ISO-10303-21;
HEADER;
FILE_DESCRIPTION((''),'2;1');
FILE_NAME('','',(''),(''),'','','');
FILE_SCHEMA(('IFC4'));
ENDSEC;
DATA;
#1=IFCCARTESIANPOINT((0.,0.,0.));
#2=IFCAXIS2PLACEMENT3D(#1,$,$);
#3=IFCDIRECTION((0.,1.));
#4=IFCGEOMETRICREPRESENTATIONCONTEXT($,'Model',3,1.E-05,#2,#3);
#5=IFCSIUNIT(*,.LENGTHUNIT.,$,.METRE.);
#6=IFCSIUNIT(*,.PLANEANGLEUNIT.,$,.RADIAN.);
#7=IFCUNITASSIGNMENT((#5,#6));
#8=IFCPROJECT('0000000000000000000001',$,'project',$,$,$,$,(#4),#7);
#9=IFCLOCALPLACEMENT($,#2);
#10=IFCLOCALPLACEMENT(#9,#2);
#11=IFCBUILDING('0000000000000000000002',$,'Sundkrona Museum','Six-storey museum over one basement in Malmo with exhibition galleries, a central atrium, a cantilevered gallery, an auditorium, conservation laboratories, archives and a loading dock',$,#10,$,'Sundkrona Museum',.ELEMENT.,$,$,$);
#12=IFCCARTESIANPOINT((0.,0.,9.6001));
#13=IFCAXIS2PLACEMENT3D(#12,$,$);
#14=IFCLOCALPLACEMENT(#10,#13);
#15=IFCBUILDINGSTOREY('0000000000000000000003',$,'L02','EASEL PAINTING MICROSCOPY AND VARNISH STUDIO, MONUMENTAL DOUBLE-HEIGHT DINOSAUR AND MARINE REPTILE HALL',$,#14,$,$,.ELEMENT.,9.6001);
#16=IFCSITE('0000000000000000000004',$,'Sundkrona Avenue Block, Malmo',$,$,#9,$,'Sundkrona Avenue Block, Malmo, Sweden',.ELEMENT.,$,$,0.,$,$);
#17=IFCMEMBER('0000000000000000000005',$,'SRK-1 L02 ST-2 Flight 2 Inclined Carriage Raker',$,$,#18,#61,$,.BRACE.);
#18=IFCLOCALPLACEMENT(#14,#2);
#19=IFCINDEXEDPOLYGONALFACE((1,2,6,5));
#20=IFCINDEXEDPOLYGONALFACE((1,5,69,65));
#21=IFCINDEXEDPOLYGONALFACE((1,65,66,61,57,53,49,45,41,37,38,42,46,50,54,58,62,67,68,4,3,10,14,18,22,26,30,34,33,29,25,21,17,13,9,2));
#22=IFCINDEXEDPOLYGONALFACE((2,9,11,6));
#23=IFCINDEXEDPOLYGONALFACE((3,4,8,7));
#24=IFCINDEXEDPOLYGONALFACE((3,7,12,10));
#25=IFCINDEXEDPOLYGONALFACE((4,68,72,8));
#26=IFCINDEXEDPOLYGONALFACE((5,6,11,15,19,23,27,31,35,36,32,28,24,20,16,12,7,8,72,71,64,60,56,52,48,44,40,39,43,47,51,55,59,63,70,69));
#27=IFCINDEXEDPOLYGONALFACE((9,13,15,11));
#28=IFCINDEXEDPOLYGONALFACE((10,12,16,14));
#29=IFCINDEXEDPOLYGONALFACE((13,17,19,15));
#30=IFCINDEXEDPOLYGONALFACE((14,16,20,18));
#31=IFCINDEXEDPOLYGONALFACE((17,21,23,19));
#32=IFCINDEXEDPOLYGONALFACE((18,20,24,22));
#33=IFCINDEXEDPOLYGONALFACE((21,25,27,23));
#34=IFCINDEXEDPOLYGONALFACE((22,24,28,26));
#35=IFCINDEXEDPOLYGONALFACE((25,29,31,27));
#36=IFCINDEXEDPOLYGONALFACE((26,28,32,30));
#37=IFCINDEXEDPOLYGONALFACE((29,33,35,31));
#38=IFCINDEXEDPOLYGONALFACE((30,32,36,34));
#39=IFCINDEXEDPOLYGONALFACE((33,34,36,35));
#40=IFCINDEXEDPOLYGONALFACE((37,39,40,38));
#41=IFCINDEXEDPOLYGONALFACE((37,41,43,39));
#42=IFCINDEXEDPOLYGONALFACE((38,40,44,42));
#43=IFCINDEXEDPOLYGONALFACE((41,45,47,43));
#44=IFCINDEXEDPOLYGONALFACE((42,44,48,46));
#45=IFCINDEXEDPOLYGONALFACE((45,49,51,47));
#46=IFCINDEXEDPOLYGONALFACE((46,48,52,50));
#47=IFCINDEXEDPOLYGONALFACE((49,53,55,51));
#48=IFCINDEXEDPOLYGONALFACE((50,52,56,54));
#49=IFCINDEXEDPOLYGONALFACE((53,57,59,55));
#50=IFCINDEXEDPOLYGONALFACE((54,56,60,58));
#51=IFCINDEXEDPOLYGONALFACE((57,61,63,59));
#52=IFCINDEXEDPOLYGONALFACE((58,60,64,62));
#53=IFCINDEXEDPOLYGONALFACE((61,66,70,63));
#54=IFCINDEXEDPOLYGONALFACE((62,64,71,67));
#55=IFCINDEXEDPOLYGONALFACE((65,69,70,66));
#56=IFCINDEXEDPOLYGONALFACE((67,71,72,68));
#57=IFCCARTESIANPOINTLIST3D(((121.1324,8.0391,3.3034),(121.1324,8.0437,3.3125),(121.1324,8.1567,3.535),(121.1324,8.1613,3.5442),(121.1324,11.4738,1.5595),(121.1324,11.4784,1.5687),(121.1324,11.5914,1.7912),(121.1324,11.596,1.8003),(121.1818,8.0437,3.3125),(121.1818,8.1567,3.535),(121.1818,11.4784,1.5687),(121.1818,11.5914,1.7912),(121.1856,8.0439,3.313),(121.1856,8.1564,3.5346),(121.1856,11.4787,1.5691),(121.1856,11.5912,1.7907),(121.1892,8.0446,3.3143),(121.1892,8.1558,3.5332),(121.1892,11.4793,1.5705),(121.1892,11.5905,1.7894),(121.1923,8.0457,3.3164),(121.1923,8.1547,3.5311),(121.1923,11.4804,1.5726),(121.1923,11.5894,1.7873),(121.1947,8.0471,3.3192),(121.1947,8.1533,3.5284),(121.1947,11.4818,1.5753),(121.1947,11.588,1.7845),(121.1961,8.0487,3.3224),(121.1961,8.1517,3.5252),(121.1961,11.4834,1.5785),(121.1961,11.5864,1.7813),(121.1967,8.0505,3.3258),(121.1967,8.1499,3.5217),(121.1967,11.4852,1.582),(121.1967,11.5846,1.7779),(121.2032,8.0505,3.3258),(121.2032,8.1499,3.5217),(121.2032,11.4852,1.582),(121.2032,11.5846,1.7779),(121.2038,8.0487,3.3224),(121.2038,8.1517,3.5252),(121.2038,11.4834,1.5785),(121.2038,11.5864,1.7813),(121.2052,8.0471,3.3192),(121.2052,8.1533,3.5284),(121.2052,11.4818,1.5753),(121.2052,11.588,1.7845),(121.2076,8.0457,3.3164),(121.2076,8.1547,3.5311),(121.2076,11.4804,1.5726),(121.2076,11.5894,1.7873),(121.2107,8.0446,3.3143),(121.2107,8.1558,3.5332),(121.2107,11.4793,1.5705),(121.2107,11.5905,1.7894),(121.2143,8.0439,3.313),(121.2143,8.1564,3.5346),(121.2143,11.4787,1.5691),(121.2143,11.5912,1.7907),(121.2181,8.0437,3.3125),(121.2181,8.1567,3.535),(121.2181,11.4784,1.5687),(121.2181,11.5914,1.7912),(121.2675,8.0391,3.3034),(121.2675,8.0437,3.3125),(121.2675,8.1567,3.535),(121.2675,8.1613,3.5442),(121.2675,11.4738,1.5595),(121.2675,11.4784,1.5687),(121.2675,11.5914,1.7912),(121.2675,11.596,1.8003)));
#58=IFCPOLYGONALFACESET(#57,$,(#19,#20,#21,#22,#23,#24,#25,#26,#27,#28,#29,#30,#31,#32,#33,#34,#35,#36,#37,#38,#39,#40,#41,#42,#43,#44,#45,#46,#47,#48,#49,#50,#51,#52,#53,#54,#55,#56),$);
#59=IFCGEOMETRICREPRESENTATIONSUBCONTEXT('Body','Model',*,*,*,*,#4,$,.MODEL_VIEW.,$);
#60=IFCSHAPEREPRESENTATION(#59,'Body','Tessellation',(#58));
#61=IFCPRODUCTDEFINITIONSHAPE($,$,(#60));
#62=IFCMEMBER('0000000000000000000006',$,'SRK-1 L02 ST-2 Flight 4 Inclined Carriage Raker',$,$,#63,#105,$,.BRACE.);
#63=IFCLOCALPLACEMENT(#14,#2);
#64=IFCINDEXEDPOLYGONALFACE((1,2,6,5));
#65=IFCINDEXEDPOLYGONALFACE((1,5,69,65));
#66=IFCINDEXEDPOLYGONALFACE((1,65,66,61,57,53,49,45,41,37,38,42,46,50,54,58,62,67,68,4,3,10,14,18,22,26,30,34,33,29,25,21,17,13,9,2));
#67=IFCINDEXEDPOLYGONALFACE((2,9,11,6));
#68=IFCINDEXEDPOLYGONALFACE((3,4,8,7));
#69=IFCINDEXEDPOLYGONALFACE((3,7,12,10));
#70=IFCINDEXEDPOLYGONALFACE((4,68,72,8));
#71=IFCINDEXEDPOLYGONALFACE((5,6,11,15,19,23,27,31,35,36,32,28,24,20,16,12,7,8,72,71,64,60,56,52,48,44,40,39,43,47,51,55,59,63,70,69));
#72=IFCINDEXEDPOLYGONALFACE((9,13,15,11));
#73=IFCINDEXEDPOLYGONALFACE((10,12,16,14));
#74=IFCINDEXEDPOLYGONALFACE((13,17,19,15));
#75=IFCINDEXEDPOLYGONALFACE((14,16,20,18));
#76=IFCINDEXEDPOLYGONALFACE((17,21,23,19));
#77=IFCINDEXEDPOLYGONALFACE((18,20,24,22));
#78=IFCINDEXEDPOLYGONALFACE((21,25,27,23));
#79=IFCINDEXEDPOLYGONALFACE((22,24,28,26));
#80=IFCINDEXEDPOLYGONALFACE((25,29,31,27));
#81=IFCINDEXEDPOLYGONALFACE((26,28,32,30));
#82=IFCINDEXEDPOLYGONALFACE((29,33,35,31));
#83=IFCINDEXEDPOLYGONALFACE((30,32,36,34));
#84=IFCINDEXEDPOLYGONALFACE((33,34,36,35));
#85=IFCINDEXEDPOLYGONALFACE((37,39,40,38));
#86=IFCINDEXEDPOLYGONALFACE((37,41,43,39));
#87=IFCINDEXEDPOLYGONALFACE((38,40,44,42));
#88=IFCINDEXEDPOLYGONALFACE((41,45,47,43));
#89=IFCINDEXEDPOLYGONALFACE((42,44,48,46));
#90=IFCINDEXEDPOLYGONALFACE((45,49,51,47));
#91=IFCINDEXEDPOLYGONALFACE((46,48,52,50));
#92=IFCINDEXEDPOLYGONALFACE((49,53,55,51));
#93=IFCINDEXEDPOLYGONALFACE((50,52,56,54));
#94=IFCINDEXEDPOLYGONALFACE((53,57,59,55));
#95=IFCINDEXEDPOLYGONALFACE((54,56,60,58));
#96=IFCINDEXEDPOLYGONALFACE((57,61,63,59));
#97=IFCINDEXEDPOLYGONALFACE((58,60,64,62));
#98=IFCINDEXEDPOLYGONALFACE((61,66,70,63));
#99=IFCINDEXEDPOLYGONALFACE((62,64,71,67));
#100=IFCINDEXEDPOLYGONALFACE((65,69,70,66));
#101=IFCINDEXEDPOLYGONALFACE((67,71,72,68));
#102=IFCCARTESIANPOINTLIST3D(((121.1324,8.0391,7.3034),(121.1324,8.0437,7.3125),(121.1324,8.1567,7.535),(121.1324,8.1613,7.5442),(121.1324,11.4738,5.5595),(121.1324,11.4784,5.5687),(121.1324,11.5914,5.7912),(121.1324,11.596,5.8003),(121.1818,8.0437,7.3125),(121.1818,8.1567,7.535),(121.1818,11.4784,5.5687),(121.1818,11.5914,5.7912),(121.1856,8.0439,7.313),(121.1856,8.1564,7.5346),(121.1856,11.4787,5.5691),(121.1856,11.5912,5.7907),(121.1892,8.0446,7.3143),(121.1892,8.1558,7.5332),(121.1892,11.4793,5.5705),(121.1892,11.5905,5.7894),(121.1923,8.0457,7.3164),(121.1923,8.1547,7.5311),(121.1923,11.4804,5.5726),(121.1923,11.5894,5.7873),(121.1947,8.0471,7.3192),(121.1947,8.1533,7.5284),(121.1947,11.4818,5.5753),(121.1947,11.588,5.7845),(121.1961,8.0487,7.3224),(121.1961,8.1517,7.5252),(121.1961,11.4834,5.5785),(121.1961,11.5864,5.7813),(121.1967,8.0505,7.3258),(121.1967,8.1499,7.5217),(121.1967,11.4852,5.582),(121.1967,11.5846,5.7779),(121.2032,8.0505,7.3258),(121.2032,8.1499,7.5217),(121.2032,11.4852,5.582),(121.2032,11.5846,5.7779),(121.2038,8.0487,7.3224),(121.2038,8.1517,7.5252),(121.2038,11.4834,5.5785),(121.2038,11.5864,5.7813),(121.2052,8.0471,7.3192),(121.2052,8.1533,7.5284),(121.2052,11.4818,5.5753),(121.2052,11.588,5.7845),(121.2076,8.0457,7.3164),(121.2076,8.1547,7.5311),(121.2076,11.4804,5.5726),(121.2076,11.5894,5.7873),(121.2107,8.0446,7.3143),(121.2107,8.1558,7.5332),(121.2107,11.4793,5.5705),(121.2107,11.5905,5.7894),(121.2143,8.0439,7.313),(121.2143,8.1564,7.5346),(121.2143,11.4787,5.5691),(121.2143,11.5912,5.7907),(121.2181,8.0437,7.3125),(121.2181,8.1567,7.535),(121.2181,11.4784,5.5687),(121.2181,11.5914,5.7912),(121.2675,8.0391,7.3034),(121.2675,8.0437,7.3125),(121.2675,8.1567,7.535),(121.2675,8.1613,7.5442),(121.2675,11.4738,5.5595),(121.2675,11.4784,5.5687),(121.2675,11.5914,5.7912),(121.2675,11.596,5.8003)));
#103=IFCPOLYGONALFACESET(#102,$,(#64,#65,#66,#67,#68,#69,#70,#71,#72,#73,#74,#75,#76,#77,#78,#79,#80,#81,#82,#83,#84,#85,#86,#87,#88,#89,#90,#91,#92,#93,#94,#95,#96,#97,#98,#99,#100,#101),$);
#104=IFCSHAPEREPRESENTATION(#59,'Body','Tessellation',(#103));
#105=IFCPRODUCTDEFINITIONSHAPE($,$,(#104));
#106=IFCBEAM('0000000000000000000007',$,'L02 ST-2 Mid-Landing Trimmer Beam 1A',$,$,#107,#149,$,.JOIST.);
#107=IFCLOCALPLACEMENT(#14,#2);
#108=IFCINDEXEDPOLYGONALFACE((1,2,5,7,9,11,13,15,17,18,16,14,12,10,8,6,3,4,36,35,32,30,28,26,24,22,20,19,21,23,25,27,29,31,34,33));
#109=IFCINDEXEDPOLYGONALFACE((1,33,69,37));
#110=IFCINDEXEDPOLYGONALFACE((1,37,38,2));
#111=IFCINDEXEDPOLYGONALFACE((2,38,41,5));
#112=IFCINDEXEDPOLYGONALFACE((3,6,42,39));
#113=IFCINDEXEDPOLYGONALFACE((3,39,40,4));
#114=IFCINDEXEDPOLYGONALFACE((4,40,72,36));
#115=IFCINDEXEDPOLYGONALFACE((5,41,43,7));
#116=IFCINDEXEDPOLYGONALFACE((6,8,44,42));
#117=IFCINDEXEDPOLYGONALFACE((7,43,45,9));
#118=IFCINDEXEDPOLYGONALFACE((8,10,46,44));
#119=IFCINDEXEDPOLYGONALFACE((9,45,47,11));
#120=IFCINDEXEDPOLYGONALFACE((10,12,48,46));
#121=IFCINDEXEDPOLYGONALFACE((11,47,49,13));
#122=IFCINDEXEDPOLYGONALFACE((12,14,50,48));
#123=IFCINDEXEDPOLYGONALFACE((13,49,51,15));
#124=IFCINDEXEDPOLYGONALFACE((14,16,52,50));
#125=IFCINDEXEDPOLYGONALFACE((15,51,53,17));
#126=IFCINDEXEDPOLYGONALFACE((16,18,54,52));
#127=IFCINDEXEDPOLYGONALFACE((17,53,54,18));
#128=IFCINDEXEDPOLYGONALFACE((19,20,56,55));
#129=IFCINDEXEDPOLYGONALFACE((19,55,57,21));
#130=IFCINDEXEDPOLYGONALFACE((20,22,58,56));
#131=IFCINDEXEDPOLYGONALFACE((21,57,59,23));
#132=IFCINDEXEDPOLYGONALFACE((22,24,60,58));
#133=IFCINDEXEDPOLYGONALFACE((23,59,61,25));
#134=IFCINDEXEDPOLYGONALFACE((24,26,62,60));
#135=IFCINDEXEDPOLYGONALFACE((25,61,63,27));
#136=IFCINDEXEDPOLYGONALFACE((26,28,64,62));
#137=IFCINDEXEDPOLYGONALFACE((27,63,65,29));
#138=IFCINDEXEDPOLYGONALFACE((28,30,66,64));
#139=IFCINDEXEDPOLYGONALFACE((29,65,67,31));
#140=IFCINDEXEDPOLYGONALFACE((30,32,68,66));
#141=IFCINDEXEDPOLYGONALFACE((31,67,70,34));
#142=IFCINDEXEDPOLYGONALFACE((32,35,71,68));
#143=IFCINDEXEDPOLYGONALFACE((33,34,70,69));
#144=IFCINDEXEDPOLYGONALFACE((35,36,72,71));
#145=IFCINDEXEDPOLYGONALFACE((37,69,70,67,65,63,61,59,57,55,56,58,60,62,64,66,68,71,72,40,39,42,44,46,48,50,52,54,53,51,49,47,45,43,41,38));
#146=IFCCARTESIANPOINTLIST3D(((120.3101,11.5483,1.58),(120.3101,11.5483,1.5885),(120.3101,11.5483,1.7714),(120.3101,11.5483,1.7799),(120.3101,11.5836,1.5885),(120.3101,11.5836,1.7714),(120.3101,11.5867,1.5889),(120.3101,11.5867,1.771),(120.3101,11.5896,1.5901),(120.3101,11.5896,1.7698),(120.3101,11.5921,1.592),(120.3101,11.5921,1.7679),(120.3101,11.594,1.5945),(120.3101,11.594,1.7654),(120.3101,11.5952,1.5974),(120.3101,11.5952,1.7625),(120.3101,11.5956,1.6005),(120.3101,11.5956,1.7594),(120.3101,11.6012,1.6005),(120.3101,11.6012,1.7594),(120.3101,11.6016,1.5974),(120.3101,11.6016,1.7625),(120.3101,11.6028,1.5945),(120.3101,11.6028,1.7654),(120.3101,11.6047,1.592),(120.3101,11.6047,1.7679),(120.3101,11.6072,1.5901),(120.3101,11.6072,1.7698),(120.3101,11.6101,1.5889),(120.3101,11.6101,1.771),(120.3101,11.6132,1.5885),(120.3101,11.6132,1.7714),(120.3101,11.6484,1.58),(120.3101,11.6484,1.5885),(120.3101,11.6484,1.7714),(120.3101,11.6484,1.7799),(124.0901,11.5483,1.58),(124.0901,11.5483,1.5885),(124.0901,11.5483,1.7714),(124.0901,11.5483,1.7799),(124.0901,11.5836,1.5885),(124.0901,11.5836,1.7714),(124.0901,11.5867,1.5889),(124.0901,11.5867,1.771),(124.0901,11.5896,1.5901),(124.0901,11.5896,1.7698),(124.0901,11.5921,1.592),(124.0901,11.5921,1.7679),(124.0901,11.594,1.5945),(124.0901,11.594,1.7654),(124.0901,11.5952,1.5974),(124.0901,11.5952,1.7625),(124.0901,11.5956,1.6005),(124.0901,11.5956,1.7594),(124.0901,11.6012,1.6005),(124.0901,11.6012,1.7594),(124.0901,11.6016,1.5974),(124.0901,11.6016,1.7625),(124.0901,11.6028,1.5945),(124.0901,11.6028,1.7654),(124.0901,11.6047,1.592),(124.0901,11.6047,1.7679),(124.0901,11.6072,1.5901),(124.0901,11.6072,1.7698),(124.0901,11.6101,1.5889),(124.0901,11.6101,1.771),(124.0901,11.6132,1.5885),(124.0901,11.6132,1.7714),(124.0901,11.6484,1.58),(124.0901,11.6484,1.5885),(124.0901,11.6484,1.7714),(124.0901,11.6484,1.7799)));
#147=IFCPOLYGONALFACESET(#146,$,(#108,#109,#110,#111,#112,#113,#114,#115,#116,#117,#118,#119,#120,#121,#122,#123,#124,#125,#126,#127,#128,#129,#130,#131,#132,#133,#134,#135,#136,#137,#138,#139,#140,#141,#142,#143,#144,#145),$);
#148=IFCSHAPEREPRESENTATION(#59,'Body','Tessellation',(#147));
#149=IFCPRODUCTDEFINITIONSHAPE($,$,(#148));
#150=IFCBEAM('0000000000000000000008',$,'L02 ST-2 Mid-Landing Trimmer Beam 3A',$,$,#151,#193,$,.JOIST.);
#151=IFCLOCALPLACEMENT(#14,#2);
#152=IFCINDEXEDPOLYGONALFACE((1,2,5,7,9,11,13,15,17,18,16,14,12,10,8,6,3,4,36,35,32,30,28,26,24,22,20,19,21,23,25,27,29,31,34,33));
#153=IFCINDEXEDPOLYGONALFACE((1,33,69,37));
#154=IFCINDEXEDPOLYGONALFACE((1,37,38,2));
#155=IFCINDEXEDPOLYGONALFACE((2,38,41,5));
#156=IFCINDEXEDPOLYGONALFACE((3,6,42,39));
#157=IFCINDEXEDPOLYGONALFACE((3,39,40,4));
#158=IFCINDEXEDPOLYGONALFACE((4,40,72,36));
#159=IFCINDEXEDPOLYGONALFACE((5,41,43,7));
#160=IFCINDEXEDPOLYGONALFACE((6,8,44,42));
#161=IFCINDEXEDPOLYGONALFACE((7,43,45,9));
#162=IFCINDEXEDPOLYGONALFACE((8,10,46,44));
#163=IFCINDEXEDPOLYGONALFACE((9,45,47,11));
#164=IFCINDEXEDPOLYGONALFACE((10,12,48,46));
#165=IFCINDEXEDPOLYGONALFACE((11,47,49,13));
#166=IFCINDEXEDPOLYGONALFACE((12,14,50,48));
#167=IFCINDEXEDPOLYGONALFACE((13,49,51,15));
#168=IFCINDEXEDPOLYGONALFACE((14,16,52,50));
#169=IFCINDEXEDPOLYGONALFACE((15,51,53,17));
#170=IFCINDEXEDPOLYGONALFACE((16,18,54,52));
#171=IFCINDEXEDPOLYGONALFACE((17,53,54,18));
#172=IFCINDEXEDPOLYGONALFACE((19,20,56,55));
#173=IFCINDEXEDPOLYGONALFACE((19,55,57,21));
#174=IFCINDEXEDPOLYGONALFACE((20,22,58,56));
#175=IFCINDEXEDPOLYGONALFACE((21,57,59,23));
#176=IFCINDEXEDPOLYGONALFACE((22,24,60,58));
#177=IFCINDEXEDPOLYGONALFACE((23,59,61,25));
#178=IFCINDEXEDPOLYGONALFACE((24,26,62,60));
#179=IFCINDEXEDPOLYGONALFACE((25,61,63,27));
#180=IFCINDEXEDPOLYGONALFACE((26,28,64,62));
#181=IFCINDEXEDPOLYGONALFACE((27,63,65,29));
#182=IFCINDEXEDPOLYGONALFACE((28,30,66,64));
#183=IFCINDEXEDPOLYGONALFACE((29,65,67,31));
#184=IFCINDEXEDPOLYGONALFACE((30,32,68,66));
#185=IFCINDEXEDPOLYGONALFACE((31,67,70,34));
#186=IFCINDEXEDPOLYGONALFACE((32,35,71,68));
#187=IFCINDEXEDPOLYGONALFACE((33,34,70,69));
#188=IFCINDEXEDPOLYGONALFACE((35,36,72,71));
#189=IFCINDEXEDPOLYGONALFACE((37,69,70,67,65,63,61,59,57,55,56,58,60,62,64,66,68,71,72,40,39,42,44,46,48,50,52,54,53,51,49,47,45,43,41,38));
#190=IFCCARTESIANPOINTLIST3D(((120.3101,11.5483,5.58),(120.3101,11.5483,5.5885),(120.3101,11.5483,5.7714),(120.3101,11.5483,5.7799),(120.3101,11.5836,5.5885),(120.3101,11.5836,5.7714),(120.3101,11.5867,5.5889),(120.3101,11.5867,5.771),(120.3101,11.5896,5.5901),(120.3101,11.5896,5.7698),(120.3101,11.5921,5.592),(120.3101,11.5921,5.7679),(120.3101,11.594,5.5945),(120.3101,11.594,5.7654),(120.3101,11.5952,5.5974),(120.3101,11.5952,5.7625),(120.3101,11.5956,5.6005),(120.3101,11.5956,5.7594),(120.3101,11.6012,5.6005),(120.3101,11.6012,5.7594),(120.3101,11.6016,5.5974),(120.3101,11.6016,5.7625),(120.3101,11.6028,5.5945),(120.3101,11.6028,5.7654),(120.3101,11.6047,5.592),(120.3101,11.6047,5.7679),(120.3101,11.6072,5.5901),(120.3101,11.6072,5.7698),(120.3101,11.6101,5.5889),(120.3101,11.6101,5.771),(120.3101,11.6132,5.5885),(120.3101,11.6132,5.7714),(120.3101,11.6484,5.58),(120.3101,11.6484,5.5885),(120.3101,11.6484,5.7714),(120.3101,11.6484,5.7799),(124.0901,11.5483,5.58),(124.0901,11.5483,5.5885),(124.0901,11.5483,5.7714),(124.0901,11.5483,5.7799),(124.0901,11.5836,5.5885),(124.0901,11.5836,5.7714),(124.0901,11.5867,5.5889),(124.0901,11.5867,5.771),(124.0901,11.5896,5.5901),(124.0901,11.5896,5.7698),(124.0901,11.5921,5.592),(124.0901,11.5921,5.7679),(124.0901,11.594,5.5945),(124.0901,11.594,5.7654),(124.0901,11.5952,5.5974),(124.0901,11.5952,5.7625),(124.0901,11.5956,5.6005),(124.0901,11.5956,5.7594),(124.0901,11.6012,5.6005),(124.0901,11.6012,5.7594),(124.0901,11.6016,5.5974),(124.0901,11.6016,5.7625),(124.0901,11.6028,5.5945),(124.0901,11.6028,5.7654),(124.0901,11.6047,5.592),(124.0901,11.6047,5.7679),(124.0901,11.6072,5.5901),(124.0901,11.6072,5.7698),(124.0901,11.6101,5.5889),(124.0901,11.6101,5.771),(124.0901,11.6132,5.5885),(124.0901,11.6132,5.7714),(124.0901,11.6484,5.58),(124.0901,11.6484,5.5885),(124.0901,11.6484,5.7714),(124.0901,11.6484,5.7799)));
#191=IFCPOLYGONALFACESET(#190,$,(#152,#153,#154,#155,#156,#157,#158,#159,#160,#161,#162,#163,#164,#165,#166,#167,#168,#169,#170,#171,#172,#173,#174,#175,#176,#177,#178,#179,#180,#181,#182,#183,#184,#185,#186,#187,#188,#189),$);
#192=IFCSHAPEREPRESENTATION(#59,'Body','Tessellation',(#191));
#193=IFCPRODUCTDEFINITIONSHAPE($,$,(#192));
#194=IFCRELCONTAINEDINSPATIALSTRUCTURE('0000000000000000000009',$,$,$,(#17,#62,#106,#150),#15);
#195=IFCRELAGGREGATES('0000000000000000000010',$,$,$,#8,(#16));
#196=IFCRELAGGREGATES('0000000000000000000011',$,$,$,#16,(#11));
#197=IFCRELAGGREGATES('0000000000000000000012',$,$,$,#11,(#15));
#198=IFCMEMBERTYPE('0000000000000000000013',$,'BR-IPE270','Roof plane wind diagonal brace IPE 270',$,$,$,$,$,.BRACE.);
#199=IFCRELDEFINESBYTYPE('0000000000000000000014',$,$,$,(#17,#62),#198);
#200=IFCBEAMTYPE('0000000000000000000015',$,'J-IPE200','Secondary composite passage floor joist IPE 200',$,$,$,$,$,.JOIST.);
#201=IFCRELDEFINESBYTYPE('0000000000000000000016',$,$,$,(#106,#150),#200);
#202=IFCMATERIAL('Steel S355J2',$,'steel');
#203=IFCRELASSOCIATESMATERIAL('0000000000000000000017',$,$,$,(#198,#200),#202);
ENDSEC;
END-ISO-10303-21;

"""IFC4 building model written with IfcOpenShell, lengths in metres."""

from ifc_helpers import new_model, si_unit, direction, frame, origin, origin_2d, place, context, subcontext, project, spatial, i_section, extrude, material, material_profile, profile_set, type_object, element, save


model = new_model("IFC4")

# Units and contexts
model_context = context("Model", 3, precision=1e-05, world=origin(), true_north=direction((0.0, 1.0)))
body_context = subcontext(model_context, "Body", "Model", "MODEL_VIEW")
ifc_project = project(units=[si_unit("LENGTHUNIT", "METRE"), si_unit("PLANEANGLEUNIT", "RADIAN")], contexts=[model_context])

# Site, building, storey
site_placement = place(None, origin())
site = spatial("IfcSite", under=ifc_project, at=site_placement, Name="Sundkrona Avenue Block, Malmo", LongName="Sundkrona Avenue Block, Malmo, Sweden", CompositionType="ELEMENT", RefElevation=0.0)
building_placement = place(site_placement, origin())
building = spatial("IfcBuilding", under=site, at=building_placement, Name="Sundkrona Museum", Description="Six-storey museum over one basement in Malmo with exhibition galleries, a central atrium, a cantilevered gallery, an auditorium, conservation laboratories, archives and a loading dock", LongName="Sundkrona Museum", CompositionType="ELEMENT")
storey_placement = place(building_placement, frame((0.0, 0.0, 9.6001)))
storey = spatial("IfcBuildingStorey", under=building, at=storey_placement, Name="L02", Description="EASEL PAINTING MICROSCOPY AND VARNISH STUDIO, MONUMENTAL DOUBLE-HEIGHT DINOSAUR AND MARINE REPTILE HALL", CompositionType="ELEMENT", Elevation=9.6001)

# Members
ifc_material_1 = material(Name="Steel S355J2", Category="steel")
ifc_material_profile_1 = material_profile(ifc_material_1, i_section(OverallWidth=0.135, OverallDepth=0.27, WebThickness=0.0066, FlangeThickness=0.0103, FilletRadius=0.0149, at=origin_2d()), Name="IPE 270")
ifc_profile_set_1 = profile_set([ifc_material_profile_1], Name="Steel S355J2")
member_type = type_object("IfcMemberType", Name="BR-IPE270", Description="Roof plane wind diagonal brace IPE 270", PredefinedType="BRACE", material=ifc_profile_set_1)
for number, where, z_axis, x_axis, name in (
    (1, (121.2, 11.5349, 1.6799), (0.0, -0.89166, 0.452706), (1.0, 0.0, 0.0), "SRK-1 L02 ST-2 Flight 2 Inclined Carriage Raker"),
    (2, (121.2, 11.5349, 5.6799), (0.0, -0.89166, 0.452706), (1.0, 0.0, 0.0), "SRK-1 L02 ST-2 Flight 4 Inclined Carriage Raker"),
):
    element("IfcMember", number, at=place(storey_placement, frame(where, z_axis=z_axis, x_axis=x_axis)), inside=storey, type_object=member_type, Name=name, PredefinedType="BRACE", context=body_context, shape_type="SweptSolid", body=[
        extrude(i_section(OverallWidth=0.135, OverallDepth=0.27, WebThickness=0.0066, FlangeThickness=0.0103, FilletRadius=0.0149, at=origin_2d()), origin(), (0.0, 0.0, 1.0), 3.8521),
    ])

# Beams
ifc_material_profile_2 = material_profile(ifc_material_1, i_section(OverallWidth=0.1001, OverallDepth=0.2, WebThickness=0.0056, FlangeThickness=0.0085, FilletRadius=0.012, at=origin_2d()), Name="IPE 200")
ifc_profile_set_2 = profile_set([ifc_material_profile_2], Name="Steel S355J2")
beam_type = type_object("IfcBeamType", Name="J-IPE200", Description="Secondary composite passage floor joist IPE 200", PredefinedType="JOIST", material=ifc_profile_set_2)
for number, where, z_axis, x_axis, name in (
    (3, (120.3101, 11.5984, 1.6799), (1.0, 0.0, 0.0), (0.0, 1.0, 0.0), "L02 ST-2 Mid-Landing Trimmer Beam 1A"),
    (4, (120.3101, 11.5984, 5.6799), (1.0, 0.0, 0.0), (0.0, 1.0, 0.0), "L02 ST-2 Mid-Landing Trimmer Beam 3A"),
):
    element("IfcBeam", number, at=place(storey_placement, frame(where, z_axis=z_axis, x_axis=x_axis)), inside=storey, type_object=beam_type, Name=name, PredefinedType="JOIST", context=body_context, shape_type="SweptSolid", body=[
        extrude(i_section(OverallWidth=0.1001, OverallDepth=0.2, WebThickness=0.0056, FlangeThickness=0.0085, FilletRadius=0.012, at=origin_2d()), origin(), (0.0, 0.0, 1.0), 3.78),
    ])

save(model, "model.ifc")
